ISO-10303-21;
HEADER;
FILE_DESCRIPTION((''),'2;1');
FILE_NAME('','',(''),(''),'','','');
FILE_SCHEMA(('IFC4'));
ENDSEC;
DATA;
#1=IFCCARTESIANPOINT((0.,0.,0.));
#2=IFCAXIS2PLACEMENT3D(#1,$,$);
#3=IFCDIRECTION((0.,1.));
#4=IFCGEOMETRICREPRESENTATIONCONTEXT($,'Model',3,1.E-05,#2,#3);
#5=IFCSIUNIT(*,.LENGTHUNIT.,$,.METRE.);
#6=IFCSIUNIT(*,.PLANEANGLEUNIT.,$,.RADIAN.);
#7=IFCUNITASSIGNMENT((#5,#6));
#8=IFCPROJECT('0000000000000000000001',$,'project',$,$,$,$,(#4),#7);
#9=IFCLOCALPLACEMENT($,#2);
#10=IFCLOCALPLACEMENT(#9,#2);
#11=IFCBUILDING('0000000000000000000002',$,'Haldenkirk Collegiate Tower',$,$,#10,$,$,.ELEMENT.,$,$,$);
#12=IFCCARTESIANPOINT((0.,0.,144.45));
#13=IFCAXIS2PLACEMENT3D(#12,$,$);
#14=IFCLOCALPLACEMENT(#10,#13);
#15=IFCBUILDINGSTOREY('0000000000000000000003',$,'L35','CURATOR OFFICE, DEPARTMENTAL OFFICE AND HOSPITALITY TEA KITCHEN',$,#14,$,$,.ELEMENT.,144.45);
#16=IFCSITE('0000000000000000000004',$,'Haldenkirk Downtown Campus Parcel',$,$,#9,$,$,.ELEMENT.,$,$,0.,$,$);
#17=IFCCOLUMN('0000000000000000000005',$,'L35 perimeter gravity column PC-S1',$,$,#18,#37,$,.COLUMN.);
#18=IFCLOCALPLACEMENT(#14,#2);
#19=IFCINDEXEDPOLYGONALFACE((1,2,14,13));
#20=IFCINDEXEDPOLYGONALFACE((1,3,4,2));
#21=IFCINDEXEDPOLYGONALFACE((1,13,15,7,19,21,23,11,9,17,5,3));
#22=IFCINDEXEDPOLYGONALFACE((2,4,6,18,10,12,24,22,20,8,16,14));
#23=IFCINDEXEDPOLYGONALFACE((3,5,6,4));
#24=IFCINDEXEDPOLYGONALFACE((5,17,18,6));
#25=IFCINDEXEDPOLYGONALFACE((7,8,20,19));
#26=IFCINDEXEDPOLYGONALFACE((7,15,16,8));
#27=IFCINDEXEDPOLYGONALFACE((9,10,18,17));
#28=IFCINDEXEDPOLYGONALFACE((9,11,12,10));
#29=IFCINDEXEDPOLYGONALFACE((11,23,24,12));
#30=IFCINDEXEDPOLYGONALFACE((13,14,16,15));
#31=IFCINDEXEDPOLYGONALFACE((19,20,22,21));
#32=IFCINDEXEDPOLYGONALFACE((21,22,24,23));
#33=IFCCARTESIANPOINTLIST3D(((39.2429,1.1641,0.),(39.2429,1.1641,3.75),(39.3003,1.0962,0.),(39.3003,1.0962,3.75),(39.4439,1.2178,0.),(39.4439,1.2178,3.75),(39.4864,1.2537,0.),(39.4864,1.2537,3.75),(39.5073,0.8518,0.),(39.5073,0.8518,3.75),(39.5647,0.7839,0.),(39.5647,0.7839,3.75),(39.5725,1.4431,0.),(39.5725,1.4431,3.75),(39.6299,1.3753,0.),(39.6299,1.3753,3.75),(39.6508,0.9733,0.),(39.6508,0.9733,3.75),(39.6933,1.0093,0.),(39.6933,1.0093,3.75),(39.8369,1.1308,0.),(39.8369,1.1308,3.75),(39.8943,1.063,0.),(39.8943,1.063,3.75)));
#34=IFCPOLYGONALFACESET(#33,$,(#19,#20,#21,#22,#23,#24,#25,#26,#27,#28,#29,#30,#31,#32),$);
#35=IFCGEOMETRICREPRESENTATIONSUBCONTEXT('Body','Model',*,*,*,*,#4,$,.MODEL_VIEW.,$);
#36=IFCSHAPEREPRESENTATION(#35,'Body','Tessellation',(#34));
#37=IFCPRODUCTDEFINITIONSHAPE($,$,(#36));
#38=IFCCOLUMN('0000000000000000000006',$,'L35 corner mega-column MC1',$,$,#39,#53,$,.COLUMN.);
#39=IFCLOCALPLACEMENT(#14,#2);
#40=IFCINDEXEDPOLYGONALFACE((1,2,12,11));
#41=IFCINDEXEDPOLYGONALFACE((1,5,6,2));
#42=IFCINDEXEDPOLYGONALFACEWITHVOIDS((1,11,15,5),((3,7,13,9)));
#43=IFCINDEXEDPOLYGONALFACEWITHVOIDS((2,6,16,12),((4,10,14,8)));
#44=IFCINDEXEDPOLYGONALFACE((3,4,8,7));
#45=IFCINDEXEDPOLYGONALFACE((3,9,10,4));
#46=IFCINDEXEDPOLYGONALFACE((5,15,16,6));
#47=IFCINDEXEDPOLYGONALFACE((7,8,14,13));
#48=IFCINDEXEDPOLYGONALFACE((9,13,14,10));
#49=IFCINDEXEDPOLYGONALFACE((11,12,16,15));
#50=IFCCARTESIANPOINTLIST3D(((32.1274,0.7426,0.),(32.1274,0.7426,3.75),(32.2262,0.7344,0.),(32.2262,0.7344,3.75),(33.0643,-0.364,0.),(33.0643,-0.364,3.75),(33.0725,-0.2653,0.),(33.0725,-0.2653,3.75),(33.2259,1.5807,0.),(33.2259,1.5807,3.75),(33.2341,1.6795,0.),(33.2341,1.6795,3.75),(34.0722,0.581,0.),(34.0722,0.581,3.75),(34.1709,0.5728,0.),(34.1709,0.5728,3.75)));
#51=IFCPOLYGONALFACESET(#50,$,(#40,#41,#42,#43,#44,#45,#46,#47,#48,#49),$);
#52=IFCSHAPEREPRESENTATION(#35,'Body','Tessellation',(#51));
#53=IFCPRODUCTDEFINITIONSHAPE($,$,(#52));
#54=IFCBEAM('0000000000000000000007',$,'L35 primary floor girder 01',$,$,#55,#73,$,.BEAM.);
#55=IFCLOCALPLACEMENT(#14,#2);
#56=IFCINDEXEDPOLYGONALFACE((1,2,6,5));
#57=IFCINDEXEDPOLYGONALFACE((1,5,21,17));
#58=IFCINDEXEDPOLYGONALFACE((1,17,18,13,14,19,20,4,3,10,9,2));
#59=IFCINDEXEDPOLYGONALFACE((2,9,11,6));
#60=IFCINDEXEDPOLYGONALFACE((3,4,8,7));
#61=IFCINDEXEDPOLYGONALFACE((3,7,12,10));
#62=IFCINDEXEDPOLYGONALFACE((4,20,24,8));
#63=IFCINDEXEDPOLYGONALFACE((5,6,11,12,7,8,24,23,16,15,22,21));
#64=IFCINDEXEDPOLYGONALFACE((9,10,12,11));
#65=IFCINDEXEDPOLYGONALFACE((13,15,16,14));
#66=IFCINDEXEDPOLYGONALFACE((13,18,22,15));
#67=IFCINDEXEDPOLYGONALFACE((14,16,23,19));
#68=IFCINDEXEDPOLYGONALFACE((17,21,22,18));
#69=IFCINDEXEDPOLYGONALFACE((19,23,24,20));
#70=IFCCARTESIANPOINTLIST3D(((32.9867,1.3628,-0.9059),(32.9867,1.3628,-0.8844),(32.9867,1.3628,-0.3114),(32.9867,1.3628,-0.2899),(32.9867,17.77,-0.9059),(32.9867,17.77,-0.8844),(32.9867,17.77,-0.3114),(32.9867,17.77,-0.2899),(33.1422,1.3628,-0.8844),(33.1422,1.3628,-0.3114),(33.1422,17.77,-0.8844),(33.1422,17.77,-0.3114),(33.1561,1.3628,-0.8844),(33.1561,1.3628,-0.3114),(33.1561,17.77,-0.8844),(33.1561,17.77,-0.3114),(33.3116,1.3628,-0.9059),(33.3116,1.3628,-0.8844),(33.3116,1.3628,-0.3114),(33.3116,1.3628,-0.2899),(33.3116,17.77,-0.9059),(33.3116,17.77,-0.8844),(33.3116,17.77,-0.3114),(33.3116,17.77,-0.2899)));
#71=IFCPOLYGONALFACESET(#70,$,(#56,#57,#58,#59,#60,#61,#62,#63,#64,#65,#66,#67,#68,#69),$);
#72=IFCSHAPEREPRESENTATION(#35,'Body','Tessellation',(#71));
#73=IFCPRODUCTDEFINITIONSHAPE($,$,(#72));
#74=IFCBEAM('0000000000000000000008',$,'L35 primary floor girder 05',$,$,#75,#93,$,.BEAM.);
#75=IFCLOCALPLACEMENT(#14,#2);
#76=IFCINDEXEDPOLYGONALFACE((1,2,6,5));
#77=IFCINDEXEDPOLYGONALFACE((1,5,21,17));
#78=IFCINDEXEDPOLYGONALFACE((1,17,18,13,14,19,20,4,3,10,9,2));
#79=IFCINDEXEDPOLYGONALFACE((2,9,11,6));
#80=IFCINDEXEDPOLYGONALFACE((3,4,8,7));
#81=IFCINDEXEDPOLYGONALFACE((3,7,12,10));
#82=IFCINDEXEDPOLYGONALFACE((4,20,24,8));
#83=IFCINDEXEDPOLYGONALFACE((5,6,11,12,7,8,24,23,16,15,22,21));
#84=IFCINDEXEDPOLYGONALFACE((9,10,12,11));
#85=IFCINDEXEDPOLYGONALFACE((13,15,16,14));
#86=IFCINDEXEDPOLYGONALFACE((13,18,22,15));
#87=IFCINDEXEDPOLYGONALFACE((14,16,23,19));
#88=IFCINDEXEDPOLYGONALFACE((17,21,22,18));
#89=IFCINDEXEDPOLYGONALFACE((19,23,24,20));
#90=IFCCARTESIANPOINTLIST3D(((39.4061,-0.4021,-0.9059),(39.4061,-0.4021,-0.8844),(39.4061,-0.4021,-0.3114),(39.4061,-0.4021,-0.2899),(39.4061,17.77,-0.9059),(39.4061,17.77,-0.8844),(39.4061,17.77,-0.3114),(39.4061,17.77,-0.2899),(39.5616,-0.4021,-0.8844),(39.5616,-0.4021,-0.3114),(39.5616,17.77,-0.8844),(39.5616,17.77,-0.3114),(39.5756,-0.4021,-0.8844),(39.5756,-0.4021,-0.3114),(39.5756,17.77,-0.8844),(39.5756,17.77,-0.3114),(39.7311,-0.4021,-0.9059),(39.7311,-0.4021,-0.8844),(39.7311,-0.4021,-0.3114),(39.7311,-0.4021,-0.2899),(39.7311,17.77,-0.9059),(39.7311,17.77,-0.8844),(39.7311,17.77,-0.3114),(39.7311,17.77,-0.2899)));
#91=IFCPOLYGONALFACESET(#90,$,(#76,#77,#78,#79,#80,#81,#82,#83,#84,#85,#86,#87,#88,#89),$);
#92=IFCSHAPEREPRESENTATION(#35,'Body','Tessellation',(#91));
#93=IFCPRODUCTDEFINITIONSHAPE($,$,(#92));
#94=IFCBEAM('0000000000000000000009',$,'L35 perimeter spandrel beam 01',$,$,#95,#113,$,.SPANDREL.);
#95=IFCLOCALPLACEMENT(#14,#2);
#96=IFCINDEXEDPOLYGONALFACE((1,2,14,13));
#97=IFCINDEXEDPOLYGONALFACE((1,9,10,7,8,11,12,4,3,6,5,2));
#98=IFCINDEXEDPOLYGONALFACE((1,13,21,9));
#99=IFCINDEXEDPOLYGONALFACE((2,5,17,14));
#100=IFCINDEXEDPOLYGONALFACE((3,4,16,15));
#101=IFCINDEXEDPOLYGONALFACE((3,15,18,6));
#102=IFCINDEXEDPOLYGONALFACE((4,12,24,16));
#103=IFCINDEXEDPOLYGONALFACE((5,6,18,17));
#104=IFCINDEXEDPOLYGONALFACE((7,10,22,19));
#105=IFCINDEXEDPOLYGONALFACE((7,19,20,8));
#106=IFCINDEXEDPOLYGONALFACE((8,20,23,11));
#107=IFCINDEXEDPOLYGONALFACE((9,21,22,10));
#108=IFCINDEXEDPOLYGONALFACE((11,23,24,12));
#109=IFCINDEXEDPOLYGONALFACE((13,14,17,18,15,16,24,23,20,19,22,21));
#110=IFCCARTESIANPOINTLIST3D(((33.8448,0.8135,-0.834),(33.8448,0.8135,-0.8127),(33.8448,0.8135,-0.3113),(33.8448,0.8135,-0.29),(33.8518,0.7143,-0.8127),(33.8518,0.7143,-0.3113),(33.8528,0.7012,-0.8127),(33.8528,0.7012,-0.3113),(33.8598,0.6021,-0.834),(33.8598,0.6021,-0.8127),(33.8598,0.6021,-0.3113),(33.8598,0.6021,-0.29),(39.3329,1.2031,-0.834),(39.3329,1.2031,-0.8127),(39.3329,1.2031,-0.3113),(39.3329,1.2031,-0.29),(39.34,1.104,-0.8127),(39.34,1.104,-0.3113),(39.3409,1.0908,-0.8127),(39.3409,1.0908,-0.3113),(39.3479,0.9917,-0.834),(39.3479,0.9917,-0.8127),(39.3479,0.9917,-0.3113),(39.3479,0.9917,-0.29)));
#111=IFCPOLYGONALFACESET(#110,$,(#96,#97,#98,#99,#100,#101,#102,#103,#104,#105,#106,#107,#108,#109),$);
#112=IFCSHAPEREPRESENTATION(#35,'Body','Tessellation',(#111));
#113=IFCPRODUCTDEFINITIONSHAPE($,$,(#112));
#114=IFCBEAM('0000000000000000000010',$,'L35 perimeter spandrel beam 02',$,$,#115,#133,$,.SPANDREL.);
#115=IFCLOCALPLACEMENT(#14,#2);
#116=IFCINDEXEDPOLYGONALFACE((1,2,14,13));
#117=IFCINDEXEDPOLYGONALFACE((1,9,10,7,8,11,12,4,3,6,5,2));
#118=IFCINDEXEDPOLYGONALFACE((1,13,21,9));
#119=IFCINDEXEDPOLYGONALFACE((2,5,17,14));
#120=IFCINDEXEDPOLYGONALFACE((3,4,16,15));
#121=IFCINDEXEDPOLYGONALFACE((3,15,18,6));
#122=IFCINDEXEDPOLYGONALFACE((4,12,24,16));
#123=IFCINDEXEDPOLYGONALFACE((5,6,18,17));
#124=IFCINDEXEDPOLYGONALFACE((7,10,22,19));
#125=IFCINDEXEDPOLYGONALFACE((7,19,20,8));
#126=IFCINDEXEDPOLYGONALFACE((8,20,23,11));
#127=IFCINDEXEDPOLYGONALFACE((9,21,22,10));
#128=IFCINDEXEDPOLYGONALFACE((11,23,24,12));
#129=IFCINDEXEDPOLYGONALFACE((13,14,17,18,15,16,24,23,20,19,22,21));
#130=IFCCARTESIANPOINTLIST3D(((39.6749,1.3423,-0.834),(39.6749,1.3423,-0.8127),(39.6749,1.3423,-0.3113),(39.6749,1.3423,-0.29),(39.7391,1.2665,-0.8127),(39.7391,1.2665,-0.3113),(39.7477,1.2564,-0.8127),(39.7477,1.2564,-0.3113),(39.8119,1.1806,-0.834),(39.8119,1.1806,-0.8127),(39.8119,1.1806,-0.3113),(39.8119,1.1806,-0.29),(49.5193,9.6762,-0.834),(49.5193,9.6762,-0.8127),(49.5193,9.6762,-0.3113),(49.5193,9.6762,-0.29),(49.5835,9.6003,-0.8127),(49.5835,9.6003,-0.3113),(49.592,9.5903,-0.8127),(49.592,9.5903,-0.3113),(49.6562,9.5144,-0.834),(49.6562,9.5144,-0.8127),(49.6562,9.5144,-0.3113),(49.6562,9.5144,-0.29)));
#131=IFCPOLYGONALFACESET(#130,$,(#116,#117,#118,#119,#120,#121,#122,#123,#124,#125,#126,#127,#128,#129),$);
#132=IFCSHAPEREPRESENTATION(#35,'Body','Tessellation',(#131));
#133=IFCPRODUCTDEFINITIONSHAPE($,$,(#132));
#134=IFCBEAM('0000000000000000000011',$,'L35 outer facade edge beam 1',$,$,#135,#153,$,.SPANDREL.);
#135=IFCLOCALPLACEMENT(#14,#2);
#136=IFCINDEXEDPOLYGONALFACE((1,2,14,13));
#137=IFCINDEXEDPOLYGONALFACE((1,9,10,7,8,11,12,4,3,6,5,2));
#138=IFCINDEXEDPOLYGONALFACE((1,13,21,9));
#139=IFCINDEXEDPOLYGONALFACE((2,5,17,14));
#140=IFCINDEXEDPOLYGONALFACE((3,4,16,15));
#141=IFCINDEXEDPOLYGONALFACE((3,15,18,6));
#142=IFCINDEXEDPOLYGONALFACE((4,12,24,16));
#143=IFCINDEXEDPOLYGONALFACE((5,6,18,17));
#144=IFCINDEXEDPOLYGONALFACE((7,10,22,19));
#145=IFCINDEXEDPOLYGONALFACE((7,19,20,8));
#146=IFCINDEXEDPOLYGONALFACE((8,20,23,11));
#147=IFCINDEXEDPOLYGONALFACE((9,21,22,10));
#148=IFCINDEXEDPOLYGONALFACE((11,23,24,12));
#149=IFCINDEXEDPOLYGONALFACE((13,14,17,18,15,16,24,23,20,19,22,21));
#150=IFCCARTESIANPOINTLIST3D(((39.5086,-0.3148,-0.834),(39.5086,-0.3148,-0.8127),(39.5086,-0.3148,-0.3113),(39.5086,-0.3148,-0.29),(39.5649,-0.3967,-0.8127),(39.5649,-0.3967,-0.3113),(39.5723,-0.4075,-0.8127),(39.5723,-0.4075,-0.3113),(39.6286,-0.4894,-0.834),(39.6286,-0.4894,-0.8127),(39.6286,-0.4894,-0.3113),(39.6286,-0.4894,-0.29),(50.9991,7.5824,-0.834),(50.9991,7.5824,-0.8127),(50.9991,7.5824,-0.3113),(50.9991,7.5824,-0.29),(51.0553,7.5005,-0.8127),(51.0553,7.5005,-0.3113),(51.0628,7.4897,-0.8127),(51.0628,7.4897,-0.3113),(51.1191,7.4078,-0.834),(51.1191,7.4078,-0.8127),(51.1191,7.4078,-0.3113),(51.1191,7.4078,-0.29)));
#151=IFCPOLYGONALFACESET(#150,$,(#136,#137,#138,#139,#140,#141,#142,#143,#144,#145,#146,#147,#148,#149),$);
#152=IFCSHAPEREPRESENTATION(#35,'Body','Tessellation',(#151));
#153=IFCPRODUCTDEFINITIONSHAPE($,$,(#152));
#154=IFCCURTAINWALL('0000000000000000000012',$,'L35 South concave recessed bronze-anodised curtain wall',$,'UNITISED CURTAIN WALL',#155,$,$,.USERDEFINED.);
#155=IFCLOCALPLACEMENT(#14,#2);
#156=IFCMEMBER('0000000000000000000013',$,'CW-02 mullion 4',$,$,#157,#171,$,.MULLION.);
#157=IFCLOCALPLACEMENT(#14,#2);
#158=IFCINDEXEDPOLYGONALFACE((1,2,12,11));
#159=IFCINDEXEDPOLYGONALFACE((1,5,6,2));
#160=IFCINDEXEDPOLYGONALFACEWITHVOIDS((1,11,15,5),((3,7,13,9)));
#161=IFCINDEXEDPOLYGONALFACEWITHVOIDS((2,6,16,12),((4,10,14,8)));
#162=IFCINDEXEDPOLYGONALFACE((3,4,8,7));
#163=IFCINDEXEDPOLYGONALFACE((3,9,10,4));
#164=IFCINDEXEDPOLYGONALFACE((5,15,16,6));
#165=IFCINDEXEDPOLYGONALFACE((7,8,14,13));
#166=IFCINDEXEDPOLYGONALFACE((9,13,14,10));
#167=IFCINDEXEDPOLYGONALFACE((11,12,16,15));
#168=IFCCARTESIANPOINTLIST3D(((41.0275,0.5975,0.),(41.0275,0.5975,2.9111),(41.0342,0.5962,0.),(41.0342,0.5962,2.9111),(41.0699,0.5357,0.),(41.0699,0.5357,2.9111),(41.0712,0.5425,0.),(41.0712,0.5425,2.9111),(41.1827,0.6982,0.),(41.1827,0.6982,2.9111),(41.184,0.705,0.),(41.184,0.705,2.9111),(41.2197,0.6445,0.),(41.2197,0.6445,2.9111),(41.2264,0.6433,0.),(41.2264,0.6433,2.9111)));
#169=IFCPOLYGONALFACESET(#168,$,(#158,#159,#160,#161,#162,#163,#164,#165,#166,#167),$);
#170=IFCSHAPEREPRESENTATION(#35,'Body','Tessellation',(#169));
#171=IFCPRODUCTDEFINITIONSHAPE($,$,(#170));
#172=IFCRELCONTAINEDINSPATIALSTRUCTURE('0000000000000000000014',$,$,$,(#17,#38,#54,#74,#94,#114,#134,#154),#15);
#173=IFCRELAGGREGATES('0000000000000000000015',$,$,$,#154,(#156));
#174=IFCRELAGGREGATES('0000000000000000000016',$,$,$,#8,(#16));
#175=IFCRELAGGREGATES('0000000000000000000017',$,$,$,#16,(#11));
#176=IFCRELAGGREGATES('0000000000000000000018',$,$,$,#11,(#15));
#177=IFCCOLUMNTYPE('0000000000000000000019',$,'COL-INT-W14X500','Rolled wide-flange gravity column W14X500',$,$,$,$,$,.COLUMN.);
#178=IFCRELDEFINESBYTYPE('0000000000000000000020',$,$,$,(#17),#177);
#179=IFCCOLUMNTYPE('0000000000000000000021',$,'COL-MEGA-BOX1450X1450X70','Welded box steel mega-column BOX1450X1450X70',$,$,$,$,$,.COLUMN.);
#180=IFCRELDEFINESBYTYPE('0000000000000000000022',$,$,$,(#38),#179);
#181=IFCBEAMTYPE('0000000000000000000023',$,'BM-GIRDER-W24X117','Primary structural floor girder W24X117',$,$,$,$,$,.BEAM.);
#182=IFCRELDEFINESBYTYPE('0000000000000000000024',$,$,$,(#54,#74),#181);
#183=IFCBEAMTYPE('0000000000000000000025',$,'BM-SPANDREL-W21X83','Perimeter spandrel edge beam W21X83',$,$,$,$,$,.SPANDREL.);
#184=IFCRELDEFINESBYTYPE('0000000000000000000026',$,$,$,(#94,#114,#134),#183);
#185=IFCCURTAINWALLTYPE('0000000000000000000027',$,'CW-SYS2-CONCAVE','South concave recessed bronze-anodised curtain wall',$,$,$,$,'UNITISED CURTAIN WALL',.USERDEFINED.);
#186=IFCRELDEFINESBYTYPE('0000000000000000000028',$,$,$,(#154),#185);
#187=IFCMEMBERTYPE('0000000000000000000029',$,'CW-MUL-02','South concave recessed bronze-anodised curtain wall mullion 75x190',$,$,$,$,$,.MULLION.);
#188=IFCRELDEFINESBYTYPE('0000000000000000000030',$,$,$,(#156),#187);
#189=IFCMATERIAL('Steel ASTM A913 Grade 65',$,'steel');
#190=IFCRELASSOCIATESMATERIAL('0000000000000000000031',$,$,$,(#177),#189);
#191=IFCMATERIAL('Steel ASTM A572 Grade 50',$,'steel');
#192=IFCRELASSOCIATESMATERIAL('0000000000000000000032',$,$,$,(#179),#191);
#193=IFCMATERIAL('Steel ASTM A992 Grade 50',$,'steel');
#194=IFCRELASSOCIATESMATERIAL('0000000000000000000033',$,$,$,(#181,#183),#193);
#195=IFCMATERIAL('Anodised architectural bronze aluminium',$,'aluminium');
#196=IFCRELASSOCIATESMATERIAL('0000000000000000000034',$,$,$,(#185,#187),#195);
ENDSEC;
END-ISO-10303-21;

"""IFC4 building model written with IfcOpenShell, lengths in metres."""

from ifc_helpers import new_model, si_unit, direction, frame, origin, origin_2d, place, context, subcontext, project, spatial, hollow_rectangle, i_section, extrude, material, material_profile, profile_set, type_object, element, aggregate, save


model = new_model("IFC4")

# Units and contexts
model_context = context("Model", 3, precision=1e-05, world=origin(), true_north=direction((0.0, 1.0)))
body_context = subcontext(model_context, "Body", "Model", "MODEL_VIEW")
ifc_project = project(units=[si_unit("LENGTHUNIT", "METRE"), si_unit("PLANEANGLEUNIT", "RADIAN")], contexts=[model_context])

# Site, building, storey
site_placement = place(None, origin())
site = spatial("IfcSite", under=ifc_project, at=site_placement, Name="Haldenkirk Downtown Campus Parcel", CompositionType="ELEMENT", RefElevation=0.0)
building_placement = place(site_placement, origin())
building = spatial("IfcBuilding", under=site, at=building_placement, Name="Haldenkirk Collegiate Tower", CompositionType="ELEMENT")
storey_placement = place(building_placement, frame((0.0, 0.0, 144.45)))
storey = spatial("IfcBuildingStorey", under=building, at=storey_placement, Name="L35", Description="CURATOR OFFICE, DEPARTMENTAL OFFICE AND HOSPITALITY TEA KITCHEN", CompositionType="ELEMENT", Elevation=144.45)

# Columns
ifc_material_1 = material(Name="Steel ASTM A913 Grade 65", Category="steel")
ifc_material_profile_1 = material_profile(ifc_material_1, i_section(OverallWidth=0.4319, OverallDepth=0.498, WebThickness=0.0557, FlangeThickness=0.0889, at=origin_2d()), Name="W14X500")
ifc_profile_set_1 = profile_set([ifc_material_profile_1], Name="Steel ASTM A913 Grade 65")
column_type_1 = type_object("IfcColumnType", Name="COL-INT-W14X500", Description="Rolled wide-flange gravity column W14X500", PredefinedType="COLUMN", material=ifc_profile_set_1)
column_1_placement = place(storey_placement, frame((39.5686, 1.1135, 0.0), z_axis=(0.0, 0.0, 1.0), x_axis=(0.763232, 0.646124, 0.0)))
element("IfcColumn", 1, at=column_1_placement, inside=storey, type_object=column_type_1, Name="L35 perimeter gravity column PC-S1", PredefinedType="COLUMN", context=body_context, shape_type="SweptSolid", body=[
    extrude(i_section(OverallWidth=0.4319, OverallDepth=0.498, WebThickness=0.0557, FlangeThickness=0.0889, at=origin_2d()), origin(), (0.0, 0.0, 1.0), 3.75),
])
ifc_material_2 = material(Name="Steel ASTM A572 Grade 50", Category="steel")
ifc_material_profile_2 = material_profile(ifc_material_2, hollow_rectangle(XDim=1.45, YDim=1.45, WallThickness=0.0701, at=origin_2d()), Name="BOX1450X1450X70")
ifc_profile_set_2 = profile_set([ifc_material_profile_2], Name="Steel ASTM A572 Grade 50")
column_type_2 = type_object("IfcColumnType", Name="COL-MEGA-BOX1450X1450X70", Description="Welded box steel mega-column BOX1450X1450X70", PredefinedType="COLUMN", material=ifc_profile_set_2)
column_2_placement = place(storey_placement, frame((33.1492, 0.6577, 0.0), z_axis=(0.0, 0.0, 1.0), x_axis=(0.763232, 0.646124, 0.0)))
element("IfcColumn", 2, at=column_2_placement, inside=storey, type_object=column_type_2, Name="L35 corner mega-column MC1", PredefinedType="COLUMN", context=body_context, shape_type="SweptSolid", body=[
    extrude(hollow_rectangle(XDim=1.45, YDim=1.45, WallThickness=0.0701, at=origin_2d()), origin(), (0.0, 0.0, 1.0), 3.75),
])

# Beams
ifc_material_3 = material(Name="Steel ASTM A992 Grade 50", Category="steel")
ifc_material_profile_3 = material_profile(ifc_material_3, i_section(OverallWidth=0.325, OverallDepth=0.616, WebThickness=0.0139, FlangeThickness=0.0215, at=origin_2d()), Name="W24X117")
ifc_profile_set_3 = profile_set([ifc_material_profile_3], Name="Steel ASTM A992 Grade 50")
beam_type_1 = type_object("IfcBeamType", Name="BM-GIRDER-W24X117", Description="Primary structural floor girder W24X117", PredefinedType="BEAM", material=ifc_profile_set_3)
beam_1_placement = place(storey_placement, frame((33.1492, 1.3628, -0.5979), z_axis=(0.0, 1.0, 0.0), x_axis=(-1.0, 0.0, 0.0)))
element("IfcBeam", 3, at=beam_1_placement, inside=storey, type_object=beam_type_1, Name="L35 primary floor girder 01", PredefinedType="BEAM", context=body_context, shape_type="SweptSolid", body=[
    extrude(i_section(OverallWidth=0.325, OverallDepth=0.616, WebThickness=0.0139, FlangeThickness=0.0215, at=origin_2d()), origin(), (0.0, 0.0, 1.0), 16.4072),
])
beam_2_placement = place(storey_placement, frame((39.5686, -0.4021, -0.5979), z_axis=(0.0, 1.0, 0.0), x_axis=(-1.0, 0.0, 0.0)))
element("IfcBeam", 4, at=beam_2_placement, inside=storey, type_object=beam_type_1, Name="L35 primary floor girder 05", PredefinedType="BEAM", context=body_context, shape_type="SweptSolid", body=[
    extrude(i_section(OverallWidth=0.325, OverallDepth=0.616, WebThickness=0.0139, FlangeThickness=0.0215, at=origin_2d()), origin(), (0.0, 0.0, 1.0), 18.1721),
])
ifc_material_profile_4 = material_profile(ifc_material_3, i_section(OverallWidth=0.2119, OverallDepth=0.5439, WebThickness=0.0132, FlangeThickness=0.0212, at=origin_2d()), Name="W21X83")
ifc_profile_set_4 = profile_set([ifc_material_profile_4], Name="Steel ASTM A992 Grade 50")
beam_type_2 = type_object("IfcBeamType", Name="BM-SPANDREL-W21X83", Description="Perimeter spandrel edge beam W21X83", PredefinedType="SPANDREL", material=ifc_profile_set_4)
beam_3_placement = place(storey_placement, frame((33.8523, 0.7078, -0.562), z_axis=(0.997489, 0.070821, 0.0), x_axis=(-0.070821, 0.997489, 0.0)))
element("IfcBeam", 5, at=beam_3_placement, inside=storey, type_object=beam_type_2, Name="L35 perimeter spandrel beam 01", PredefinedType="SPANDREL", context=body_context, shape_type="SweptSolid", body=[
    extrude(i_section(OverallWidth=0.2119, OverallDepth=0.5439, WebThickness=0.0132, FlangeThickness=0.0212, at=origin_2d()), origin(), (0.0, 0.0, 1.0), 5.502),
])
beam_4_placement = place(storey_placement, frame((39.7434, 1.2615, -0.562), z_axis=(0.763233, 0.646123, 0.0), x_axis=(-0.646123, 0.763233, 0.0)))
element("IfcBeam", 6, at=beam_4_placement, inside=storey, type_object=beam_type_2, Name="L35 perimeter spandrel beam 02", PredefinedType="SPANDREL", context=body_context, shape_type="SweptSolid", body=[
    extrude(i_section(OverallWidth=0.2119, OverallDepth=0.5439, WebThickness=0.0132, FlangeThickness=0.0212, at=origin_2d()), origin(), (0.0, 0.0, 1.0), 12.8982),
])
beam_5_placement = place(storey_placement, frame((39.5686, -0.4021, -0.562), z_axis=(0.824125, 0.566408, 0.0), x_axis=(-0.566408, 0.824125, 0.0)))
element("IfcBeam", 7, at=beam_5_placement, inside=storey, type_object=beam_type_2, Name="L35 outer facade edge beam 1", PredefinedType="SPANDREL", context=body_context, shape_type="SweptSolid", body=[
    extrude(i_section(OverallWidth=0.2119, OverallDepth=0.5439, WebThickness=0.0132, FlangeThickness=0.0212, at=origin_2d()), origin(), (0.0, 0.0, 1.0), 13.9426),
])

# Curtain wall, member
ifc_material_4 = material(Name="Anodised architectural bronze aluminium", Category="aluminium")
curtain_wall_type = type_object("IfcCurtainWallType", Name="CW-SYS2-CONCAVE", Description="South concave recessed bronze-anodised curtain wall", ElementType="UNITISED CURTAIN WALL", PredefinedType="USERDEFINED", material=ifc_material_4)
curtain_wall_placement = place(storey_placement, origin())
curtain_wall = element("IfcCurtainWall", 8, at=curtain_wall_placement, inside=storey, type_object=curtain_wall_type, Name="L35 South concave recessed bronze-anodised curtain wall", ObjectType="UNITISED CURTAIN WALL", PredefinedType="USERDEFINED")
ifc_material_profile_5 = material_profile(ifc_material_4, hollow_rectangle(XDim=0.075, YDim=0.1899, WallThickness=0.0049, at=origin_2d()), Name="CW-MUL-02")
ifc_profile_set_5 = profile_set([ifc_material_profile_5], Name="Anodised architectural bronze aluminium")
member_type_1 = type_object("IfcMemberType", Name="CW-MUL-02", Description="South concave recessed bronze-anodised curtain wall mullion 75x190", PredefinedType="MULLION", material=ifc_profile_set_5)
member_1_placement = place(storey_placement, frame((41.127, 0.6204, 0.0), z_axis=(0.0, 0.0, 1.0), x_axis=(0.566405, -0.824127, 0.0)))
member_1 = element("IfcMember", 9, at=member_1_placement, type_object=member_type_1, Name="CW-02 mullion 4", PredefinedType="MULLION", context=body_context, shape_type="SweptSolid", body=[
    extrude(hollow_rectangle(XDim=0.075, YDim=0.1899, WallThickness=0.0049, at=origin_2d()), origin(), (0.0, 0.0, 1.0), 2.9111),
])
aggregate(curtain_wall, [member_1])

save(model, "model.ifc")
